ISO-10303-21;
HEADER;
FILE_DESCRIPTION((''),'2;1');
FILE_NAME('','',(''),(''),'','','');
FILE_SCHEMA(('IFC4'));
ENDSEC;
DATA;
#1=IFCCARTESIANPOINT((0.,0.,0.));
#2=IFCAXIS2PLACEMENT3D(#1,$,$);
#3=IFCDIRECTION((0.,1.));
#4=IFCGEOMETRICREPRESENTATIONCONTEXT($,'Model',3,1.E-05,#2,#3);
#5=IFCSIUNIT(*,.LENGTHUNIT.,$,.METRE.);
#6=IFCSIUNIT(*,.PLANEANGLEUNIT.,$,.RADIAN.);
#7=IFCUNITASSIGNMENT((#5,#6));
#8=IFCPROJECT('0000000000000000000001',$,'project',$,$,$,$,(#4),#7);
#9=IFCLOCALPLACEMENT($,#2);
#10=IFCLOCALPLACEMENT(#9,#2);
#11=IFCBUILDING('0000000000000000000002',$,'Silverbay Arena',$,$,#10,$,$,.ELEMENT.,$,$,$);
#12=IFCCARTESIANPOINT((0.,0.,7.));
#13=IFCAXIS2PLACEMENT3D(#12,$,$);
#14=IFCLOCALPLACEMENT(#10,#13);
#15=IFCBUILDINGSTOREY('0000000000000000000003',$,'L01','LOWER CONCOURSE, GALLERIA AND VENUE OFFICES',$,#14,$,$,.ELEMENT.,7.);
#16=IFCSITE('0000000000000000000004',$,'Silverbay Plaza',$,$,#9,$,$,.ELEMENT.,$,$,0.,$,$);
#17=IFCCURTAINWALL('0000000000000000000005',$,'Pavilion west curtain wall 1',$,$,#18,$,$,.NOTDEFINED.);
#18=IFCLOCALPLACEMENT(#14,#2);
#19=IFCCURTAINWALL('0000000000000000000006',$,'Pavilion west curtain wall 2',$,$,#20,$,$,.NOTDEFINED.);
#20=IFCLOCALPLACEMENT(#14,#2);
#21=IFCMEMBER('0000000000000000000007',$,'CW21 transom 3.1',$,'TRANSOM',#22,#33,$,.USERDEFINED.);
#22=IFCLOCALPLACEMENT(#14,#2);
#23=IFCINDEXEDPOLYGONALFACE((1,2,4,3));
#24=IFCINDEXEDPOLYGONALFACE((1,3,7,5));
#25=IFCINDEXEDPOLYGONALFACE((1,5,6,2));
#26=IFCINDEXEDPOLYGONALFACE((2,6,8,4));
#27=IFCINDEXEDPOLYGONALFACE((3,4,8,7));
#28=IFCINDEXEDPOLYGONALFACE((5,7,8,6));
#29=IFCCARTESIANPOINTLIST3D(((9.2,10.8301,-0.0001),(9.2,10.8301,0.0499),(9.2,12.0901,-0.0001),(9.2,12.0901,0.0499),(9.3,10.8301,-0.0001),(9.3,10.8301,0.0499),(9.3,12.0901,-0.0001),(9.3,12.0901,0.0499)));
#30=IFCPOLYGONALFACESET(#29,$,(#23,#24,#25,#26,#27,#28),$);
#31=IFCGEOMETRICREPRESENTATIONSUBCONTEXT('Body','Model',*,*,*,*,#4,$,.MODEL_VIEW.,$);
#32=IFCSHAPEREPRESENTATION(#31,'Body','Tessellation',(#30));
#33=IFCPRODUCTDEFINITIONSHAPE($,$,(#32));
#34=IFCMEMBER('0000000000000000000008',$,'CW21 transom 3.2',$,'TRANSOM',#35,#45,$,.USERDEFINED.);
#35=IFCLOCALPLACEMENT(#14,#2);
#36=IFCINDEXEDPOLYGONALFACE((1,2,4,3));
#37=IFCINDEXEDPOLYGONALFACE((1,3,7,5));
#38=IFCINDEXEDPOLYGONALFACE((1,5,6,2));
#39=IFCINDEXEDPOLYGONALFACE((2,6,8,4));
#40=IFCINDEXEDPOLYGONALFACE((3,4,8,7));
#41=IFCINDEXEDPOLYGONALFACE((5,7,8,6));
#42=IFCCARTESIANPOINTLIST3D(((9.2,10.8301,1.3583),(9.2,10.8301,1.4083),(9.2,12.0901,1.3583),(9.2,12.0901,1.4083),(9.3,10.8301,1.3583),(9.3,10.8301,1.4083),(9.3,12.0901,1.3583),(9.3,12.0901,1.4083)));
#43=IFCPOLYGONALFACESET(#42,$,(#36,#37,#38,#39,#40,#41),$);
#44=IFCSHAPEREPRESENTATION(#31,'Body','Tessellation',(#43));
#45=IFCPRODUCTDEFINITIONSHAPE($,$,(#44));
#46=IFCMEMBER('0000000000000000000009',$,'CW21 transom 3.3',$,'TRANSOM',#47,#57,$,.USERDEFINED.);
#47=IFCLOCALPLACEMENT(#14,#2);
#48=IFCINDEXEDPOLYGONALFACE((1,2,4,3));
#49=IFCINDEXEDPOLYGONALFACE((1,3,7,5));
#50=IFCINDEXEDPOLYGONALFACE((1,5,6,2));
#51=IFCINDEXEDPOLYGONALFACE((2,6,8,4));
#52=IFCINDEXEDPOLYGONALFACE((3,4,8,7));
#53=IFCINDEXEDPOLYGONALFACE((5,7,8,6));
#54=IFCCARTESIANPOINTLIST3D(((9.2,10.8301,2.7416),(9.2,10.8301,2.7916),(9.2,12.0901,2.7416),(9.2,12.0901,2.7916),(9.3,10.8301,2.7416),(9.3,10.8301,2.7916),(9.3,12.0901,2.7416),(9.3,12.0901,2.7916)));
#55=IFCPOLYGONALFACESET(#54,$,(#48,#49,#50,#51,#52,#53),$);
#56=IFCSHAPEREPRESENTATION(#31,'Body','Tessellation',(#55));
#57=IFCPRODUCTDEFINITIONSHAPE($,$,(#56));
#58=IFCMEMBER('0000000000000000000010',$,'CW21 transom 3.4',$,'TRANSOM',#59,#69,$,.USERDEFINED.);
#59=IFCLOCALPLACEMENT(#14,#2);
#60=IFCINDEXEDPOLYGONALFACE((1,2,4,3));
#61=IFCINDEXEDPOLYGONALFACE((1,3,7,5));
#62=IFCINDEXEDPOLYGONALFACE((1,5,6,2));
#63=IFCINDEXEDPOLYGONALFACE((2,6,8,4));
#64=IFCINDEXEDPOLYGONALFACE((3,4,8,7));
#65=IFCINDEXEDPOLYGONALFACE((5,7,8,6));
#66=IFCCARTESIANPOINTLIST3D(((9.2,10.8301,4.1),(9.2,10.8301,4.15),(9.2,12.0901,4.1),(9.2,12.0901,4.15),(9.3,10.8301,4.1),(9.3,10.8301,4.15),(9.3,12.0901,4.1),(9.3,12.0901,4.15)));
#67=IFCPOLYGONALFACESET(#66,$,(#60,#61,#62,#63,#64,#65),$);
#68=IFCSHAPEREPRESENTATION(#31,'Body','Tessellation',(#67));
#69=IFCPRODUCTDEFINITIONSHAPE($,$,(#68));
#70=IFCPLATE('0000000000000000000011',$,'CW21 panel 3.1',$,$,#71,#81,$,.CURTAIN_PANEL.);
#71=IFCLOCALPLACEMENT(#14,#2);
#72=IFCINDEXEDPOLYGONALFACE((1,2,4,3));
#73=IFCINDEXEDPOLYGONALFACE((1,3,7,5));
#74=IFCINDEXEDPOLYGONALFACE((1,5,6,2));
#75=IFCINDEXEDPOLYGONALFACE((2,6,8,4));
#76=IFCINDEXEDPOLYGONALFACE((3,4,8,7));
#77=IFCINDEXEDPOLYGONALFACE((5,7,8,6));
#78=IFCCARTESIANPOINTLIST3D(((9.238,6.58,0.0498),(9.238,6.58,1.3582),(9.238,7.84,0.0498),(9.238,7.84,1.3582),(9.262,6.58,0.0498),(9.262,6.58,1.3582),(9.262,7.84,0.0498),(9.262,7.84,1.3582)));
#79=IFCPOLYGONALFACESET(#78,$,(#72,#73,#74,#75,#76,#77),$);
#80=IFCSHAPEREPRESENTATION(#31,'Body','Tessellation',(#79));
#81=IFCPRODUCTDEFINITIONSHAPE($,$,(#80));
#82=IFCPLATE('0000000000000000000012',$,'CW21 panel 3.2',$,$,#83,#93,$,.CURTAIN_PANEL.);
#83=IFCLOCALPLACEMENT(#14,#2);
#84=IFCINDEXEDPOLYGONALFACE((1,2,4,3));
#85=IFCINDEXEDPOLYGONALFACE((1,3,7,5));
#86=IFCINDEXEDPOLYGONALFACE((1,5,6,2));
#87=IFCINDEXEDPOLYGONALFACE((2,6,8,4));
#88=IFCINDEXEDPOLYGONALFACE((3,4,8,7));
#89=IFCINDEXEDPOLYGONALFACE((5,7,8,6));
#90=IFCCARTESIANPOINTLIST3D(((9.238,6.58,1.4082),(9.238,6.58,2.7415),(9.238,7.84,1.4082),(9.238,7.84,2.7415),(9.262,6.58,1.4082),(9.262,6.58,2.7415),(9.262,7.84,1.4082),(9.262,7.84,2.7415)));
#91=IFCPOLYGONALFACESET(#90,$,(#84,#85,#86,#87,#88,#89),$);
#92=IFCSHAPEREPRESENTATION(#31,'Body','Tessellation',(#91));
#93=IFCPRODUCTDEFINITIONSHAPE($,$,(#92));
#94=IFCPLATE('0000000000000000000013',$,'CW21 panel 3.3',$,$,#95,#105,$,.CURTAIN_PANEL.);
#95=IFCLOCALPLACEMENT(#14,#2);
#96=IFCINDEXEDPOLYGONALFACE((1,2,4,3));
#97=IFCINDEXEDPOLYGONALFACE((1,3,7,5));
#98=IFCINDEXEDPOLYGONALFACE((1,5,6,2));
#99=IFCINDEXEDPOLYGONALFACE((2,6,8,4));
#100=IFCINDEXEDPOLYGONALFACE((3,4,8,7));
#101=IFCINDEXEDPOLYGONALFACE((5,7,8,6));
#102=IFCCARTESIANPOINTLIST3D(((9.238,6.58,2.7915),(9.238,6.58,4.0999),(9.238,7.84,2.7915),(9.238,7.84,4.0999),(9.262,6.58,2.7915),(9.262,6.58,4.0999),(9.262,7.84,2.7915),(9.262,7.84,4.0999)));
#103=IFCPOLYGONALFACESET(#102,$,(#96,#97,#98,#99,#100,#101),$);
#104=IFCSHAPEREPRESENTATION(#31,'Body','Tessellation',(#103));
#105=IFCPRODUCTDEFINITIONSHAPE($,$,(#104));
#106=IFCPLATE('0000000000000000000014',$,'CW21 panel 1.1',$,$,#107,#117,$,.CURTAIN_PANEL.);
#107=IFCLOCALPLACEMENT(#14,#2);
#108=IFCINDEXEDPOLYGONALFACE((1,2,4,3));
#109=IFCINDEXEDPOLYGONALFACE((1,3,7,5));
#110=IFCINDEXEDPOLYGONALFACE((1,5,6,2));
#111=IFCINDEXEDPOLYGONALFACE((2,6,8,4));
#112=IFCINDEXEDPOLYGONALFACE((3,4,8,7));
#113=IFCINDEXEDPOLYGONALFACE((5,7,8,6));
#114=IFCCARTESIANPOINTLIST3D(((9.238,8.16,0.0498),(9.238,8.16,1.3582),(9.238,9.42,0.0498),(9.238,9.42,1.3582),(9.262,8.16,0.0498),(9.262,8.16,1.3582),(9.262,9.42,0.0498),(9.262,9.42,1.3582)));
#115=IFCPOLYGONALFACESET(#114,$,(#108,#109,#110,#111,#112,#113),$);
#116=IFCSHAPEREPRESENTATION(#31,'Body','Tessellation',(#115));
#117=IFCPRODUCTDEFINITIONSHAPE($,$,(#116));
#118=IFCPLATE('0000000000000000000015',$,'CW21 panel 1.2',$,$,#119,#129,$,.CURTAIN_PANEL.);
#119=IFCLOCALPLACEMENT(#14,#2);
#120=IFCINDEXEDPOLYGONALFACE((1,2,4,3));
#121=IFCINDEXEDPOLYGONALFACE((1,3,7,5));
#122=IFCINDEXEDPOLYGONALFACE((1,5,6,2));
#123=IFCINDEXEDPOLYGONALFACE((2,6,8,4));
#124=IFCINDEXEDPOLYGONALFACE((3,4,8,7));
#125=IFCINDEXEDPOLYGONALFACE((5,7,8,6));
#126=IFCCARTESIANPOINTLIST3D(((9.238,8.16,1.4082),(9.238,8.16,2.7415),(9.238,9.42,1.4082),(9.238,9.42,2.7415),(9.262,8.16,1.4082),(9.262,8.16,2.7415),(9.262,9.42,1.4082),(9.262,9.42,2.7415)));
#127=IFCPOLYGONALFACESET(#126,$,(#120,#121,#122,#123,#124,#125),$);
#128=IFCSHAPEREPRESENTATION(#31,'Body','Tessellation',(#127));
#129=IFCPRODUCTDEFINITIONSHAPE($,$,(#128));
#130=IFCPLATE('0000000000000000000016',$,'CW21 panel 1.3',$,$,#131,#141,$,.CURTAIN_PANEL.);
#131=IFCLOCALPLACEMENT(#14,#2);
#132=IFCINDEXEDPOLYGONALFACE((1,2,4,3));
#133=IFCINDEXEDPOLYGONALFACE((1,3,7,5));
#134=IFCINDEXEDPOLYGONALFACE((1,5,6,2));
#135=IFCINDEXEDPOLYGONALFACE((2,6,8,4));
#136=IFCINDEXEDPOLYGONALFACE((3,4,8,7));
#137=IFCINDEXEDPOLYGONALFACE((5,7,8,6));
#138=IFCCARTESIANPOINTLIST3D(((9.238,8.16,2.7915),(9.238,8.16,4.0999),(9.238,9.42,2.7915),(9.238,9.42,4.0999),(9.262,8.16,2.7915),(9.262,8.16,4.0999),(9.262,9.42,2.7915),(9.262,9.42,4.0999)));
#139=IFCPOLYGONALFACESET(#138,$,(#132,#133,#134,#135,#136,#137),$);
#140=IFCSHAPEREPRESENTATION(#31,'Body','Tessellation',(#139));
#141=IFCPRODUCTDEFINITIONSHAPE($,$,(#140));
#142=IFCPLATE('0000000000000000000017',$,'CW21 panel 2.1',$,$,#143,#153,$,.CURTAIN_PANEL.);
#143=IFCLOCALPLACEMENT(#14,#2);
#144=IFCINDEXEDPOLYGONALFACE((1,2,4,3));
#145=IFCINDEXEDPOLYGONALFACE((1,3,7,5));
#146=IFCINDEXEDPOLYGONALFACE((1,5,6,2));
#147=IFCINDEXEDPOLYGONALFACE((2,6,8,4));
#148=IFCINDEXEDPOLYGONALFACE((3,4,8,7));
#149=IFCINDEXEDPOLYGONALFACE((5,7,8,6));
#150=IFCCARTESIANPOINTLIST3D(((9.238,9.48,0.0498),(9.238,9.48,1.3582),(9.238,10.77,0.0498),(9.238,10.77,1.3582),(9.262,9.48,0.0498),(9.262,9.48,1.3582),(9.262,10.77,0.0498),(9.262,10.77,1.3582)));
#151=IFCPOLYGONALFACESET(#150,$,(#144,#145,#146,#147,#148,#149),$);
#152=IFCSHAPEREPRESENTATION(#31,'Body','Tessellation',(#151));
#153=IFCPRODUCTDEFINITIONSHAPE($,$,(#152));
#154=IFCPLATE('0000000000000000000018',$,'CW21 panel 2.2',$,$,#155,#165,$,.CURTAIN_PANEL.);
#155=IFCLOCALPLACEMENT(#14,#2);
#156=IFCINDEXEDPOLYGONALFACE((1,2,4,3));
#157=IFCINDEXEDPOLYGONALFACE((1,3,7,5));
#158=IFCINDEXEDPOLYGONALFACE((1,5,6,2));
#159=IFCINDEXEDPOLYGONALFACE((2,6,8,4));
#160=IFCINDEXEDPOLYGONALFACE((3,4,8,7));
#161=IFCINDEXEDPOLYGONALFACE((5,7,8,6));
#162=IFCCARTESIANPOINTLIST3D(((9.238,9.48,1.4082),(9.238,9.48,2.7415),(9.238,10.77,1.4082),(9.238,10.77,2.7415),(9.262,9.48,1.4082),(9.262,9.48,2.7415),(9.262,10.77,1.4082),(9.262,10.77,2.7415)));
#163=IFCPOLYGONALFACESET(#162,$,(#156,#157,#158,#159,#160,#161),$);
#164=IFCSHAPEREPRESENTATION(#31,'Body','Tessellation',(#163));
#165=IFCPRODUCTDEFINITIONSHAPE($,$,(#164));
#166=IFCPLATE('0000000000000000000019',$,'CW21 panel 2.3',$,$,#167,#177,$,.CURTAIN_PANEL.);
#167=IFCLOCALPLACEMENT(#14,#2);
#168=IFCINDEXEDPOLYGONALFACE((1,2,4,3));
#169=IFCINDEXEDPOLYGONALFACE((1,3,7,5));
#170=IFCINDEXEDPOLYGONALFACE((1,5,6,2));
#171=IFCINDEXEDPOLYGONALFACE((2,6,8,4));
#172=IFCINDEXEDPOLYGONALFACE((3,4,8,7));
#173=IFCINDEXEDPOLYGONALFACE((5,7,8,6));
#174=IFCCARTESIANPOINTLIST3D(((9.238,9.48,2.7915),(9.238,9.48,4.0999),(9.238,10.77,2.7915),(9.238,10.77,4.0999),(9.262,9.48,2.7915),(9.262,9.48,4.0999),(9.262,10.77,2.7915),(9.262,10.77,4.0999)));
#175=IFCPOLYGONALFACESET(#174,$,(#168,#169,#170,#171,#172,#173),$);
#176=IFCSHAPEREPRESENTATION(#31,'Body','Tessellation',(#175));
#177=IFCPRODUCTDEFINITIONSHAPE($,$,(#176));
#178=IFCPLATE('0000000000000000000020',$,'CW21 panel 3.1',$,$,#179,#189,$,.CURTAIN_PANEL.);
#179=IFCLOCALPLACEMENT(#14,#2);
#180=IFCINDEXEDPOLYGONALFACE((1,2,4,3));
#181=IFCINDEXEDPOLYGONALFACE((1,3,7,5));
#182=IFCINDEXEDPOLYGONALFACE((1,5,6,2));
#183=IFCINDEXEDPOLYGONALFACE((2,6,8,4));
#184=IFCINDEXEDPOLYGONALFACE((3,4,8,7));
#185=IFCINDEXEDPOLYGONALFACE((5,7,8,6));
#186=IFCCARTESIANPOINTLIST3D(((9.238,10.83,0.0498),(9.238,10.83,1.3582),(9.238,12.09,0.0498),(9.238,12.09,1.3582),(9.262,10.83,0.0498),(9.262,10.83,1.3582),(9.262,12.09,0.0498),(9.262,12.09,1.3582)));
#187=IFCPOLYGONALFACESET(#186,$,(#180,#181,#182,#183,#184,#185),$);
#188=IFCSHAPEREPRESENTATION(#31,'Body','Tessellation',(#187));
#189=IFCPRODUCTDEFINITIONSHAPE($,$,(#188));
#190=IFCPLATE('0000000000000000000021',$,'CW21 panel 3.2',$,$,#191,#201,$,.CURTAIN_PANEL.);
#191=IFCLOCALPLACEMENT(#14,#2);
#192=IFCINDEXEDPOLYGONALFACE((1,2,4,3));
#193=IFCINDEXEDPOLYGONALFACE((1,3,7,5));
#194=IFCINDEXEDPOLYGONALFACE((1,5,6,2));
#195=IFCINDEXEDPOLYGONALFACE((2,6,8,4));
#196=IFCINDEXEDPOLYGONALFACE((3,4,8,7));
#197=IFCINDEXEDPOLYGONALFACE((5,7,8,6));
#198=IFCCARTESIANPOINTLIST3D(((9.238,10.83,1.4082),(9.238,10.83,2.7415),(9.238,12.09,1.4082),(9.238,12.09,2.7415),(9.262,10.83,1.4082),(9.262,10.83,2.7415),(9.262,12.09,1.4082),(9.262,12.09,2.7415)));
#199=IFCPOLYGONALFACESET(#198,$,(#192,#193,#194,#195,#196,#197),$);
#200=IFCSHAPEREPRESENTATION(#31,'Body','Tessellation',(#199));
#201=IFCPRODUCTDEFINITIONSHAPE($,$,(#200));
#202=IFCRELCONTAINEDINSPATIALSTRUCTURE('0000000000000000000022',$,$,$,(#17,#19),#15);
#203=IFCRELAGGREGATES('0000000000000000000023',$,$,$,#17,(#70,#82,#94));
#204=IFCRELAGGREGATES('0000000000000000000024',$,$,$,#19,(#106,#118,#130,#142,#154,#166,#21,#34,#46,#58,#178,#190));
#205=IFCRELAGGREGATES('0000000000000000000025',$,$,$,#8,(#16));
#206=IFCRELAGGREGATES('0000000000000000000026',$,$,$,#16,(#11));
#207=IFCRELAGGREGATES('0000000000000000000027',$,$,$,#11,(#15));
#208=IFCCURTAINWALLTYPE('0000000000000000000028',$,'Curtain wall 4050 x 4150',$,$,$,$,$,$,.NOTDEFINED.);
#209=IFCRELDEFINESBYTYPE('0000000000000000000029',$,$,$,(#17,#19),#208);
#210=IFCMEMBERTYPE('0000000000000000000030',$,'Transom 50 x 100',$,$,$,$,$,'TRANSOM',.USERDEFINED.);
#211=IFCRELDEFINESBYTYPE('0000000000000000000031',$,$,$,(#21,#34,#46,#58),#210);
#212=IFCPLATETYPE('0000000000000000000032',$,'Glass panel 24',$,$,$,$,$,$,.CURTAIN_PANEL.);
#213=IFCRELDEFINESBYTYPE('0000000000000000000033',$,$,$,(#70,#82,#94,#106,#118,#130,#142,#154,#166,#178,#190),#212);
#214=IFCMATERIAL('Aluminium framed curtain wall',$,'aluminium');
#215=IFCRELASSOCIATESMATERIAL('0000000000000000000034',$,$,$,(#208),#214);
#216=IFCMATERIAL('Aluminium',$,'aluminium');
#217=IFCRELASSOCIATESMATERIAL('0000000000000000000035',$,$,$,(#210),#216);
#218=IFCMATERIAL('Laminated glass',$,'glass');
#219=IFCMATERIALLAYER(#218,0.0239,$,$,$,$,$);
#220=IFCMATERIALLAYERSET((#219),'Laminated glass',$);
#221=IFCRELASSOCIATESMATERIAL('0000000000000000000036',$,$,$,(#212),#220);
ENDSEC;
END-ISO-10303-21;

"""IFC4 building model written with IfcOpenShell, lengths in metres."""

from ifc_helpers import new_model, si_unit, direction, frame, origin, origin_2d, place, context, subcontext, project, spatial, rectangle, extrude, material, layer, layer_set, material_profile, profile_set, type_object, element, aggregate, save


model = new_model("IFC4")

# Units and contexts
model_context = context("Model", 3, precision=1e-05, world=origin(), true_north=direction((0.0, 1.0)))
body_context = subcontext(model_context, "Body", "Model", "MODEL_VIEW")
ifc_project = project(units=[si_unit("LENGTHUNIT", "METRE"), si_unit("PLANEANGLEUNIT", "RADIAN")], contexts=[model_context])

# Site, building, storey
site_placement = place(None, origin())
site = spatial("IfcSite", under=ifc_project, at=site_placement, Name="Silverbay Plaza", CompositionType="ELEMENT", RefElevation=0.0)
building_placement = place(site_placement, origin())
building = spatial("IfcBuilding", under=site, at=building_placement, Name="Silverbay Arena", CompositionType="ELEMENT")
storey_placement = place(building_placement, frame((0.0, 0.0, 7.0)))
storey = spatial("IfcBuildingStorey", under=building, at=storey_placement, Name="L01", Description="LOWER CONCOURSE, GALLERIA AND VENUE OFFICES", CompositionType="ELEMENT", Elevation=7.0)

# Curtain wall
ifc_material_1 = material(Name="Aluminium framed curtain wall", Category="aluminium")
curtain_wall_type = type_object("IfcCurtainWallType", Name="Curtain wall 4050 x 4150", PredefinedType="NOTDEFINED", material=ifc_material_1)
curtain_wall_1_placement = place(storey_placement, origin())
curtain_wall_1 = element("IfcCurtainWall", 1, at=curtain_wall_1_placement, inside=storey, type_object=curtain_wall_type, Name="Pavilion west curtain wall 1", PredefinedType="NOTDEFINED")

# Curtain wall
curtain_wall_2_placement = place(storey_placement, origin())
curtain_wall_2 = element("IfcCurtainWall", 2, at=curtain_wall_2_placement, inside=storey, type_object=curtain_wall_type, Name="Pavilion west curtain wall 2", PredefinedType="NOTDEFINED")

# Members
ifc_material_2 = material(Name="Aluminium", Category="aluminium")
ifc_material_profile_1 = material_profile(ifc_material_2, rectangle(XDim=0.1001, YDim=0.05, at=origin_2d()), Name="Transom 50 x 100")
ifc_profile_set_1 = profile_set([ifc_material_profile_1], Name="Aluminium")
member_type_1 = type_object("IfcMemberType", Name="Transom 50 x 100", ElementType="TRANSOM", PredefinedType="USERDEFINED", material=ifc_profile_set_1)
member_1_placement = place(storey_placement, frame((9.25, 10.8301, 0.0249), z_axis=(0.0, 1.0, 0.0), x_axis=(-1.0, 0.0, 0.0)))
member_1 = element("IfcMember", 3, at=member_1_placement, type_object=member_type_1, Name="CW21 transom 3.1", ObjectType="TRANSOM", PredefinedType="USERDEFINED", context=body_context, shape_type="SweptSolid", body=[
    extrude(rectangle(XDim=0.1001, YDim=0.05, at=origin_2d()), origin(), (0.0, 0.0, 1.0), 1.26),
])
member_2_placement = place(storey_placement, frame((9.25, 10.8301, 1.3833), z_axis=(0.0, 1.0, 0.0), x_axis=(-1.0, 0.0, 0.0)))
member_2 = element("IfcMember", 4, at=member_2_placement, type_object=member_type_1, Name="CW21 transom 3.2", ObjectType="TRANSOM", PredefinedType="USERDEFINED", context=body_context, shape_type="SweptSolid", body=[
    extrude(rectangle(XDim=0.1001, YDim=0.05, at=origin_2d()), origin(), (0.0, 0.0, 1.0), 1.26),
])
member_3_placement = place(storey_placement, frame((9.25, 10.8301, 2.7666), z_axis=(0.0, 1.0, 0.0), x_axis=(-1.0, 0.0, 0.0)))
member_3 = element("IfcMember", 5, at=member_3_placement, type_object=member_type_1, Name="CW21 transom 3.3", ObjectType="TRANSOM", PredefinedType="USERDEFINED", context=body_context, shape_type="SweptSolid", body=[
    extrude(rectangle(XDim=0.1001, YDim=0.05, at=origin_2d()), origin(), (0.0, 0.0, 1.0), 1.26),
])
member_4_placement = place(storey_placement, frame((9.25, 10.8301, 4.125), z_axis=(0.0, 1.0, 0.0), x_axis=(-1.0, 0.0, 0.0)))
member_4 = element("IfcMember", 6, at=member_4_placement, type_object=member_type_1, Name="CW21 transom 3.4", ObjectType="TRANSOM", PredefinedType="USERDEFINED", context=body_context, shape_type="SweptSolid", body=[
    extrude(rectangle(XDim=0.1001, YDim=0.05, at=origin_2d()), origin(), (0.0, 0.0, 1.0), 1.26),
])

# Plates
ifc_material_3 = material(Name="Laminated glass", Category="glass")
ifc_layer = layer(ifc_material_3, 0.0239)
ifc_layer_set = layer_set([ifc_layer], Name="Laminated glass")
plate_type = type_object("IfcPlateType", Name="Glass panel 24", PredefinedType="CURTAIN_PANEL", material=ifc_layer_set)
plate_1_placement = place(storey_placement, frame((9.25, 7.21, 0.0498), z_axis=(0.0, 0.0, 1.0), x_axis=(0.0, 1.0, 0.0)))
plate_1 = element("IfcPlate", 7, at=plate_1_placement, type_object=plate_type, Name="CW21 panel 3.1", PredefinedType="CURTAIN_PANEL", context=body_context, shape_type="SweptSolid", body=[
    extrude(rectangle(XDim=1.26, YDim=0.0239, at=origin_2d()), origin(), (0.0, 0.0, 1.0), 1.3083),
])
plate_2_placement = place(storey_placement, frame((9.25, 7.21, 1.4082), z_axis=(0.0, 0.0, 1.0), x_axis=(0.0, 1.0, 0.0)))
plate_2 = element("IfcPlate", 8, at=plate_2_placement, type_object=plate_type, Name="CW21 panel 3.2", PredefinedType="CURTAIN_PANEL", context=body_context, shape_type="SweptSolid", body=[
    extrude(rectangle(XDim=1.26, YDim=0.0239, at=origin_2d()), origin(), (0.0, 0.0, 1.0), 1.3333),
])
plate_3_placement = place(storey_placement, frame((9.25, 7.21, 2.7915), z_axis=(0.0, 0.0, 1.0), x_axis=(0.0, 1.0, 0.0)))
plate_3 = element("IfcPlate", 9, at=plate_3_placement, type_object=plate_type, Name="CW21 panel 3.3", PredefinedType="CURTAIN_PANEL", context=body_context, shape_type="SweptSolid", body=[
    extrude(rectangle(XDim=1.26, YDim=0.0239, at=origin_2d()), origin(), (0.0, 0.0, 1.0), 1.3083),
])
aggregate(curtain_wall_1, [plate_1, plate_2, plate_3])
plate_4_placement = place(storey_placement, frame((9.25, 8.79, 0.0498), z_axis=(0.0, 0.0, 1.0), x_axis=(0.0, 1.0, 0.0)))
plate_4 = element("IfcPlate", 10, at=plate_4_placement, type_object=plate_type, Name="CW21 panel 1.1", PredefinedType="CURTAIN_PANEL", context=body_context, shape_type="SweptSolid", body=[
    extrude(rectangle(XDim=1.26, YDim=0.0239, at=origin_2d()), origin(), (0.0, 0.0, 1.0), 1.3083),
])
plate_5_placement = place(storey_placement, frame((9.25, 8.79, 1.4082), z_axis=(0.0, 0.0, 1.0), x_axis=(0.0, 1.0, 0.0)))
plate_5 = element("IfcPlate", 11, at=plate_5_placement, type_object=plate_type, Name="CW21 panel 1.2", PredefinedType="CURTAIN_PANEL", context=body_context, shape_type="SweptSolid", body=[
    extrude(rectangle(XDim=1.26, YDim=0.0239, at=origin_2d()), origin(), (0.0, 0.0, 1.0), 1.3333),
])
plate_6_placement = place(storey_placement, frame((9.25, 8.79, 2.7915), z_axis=(0.0, 0.0, 1.0), x_axis=(0.0, 1.0, 0.0)))
plate_6 = element("IfcPlate", 12, at=plate_6_placement, type_object=plate_type, Name="CW21 panel 1.3", PredefinedType="CURTAIN_PANEL", context=body_context, shape_type="SweptSolid", body=[
    extrude(rectangle(XDim=1.26, YDim=0.0239, at=origin_2d()), origin(), (0.0, 0.0, 1.0), 1.3083),
])
plate_7_placement = place(storey_placement, frame((9.25, 10.125, 0.0498), z_axis=(0.0, 0.0, 1.0), x_axis=(0.0, 1.0, 0.0)))
plate_7 = element("IfcPlate", 13, at=plate_7_placement, type_object=plate_type, Name="CW21 panel 2.1", PredefinedType="CURTAIN_PANEL", context=body_context, shape_type="SweptSolid", body=[
    extrude(rectangle(XDim=1.29, YDim=0.0239, at=origin_2d()), origin(), (0.0, 0.0, 1.0), 1.3083),
])
plate_8_placement = place(storey_placement, frame((9.25, 10.125, 1.4082), z_axis=(0.0, 0.0, 1.0), x_axis=(0.0, 1.0, 0.0)))
plate_8 = element("IfcPlate", 14, at=plate_8_placement, type_object=plate_type, Name="CW21 panel 2.2", PredefinedType="CURTAIN_PANEL", context=body_context, shape_type="SweptSolid", body=[
    extrude(rectangle(XDim=1.29, YDim=0.0239, at=origin_2d()), origin(), (0.0, 0.0, 1.0), 1.3333),
])
plate_9_placement = place(storey_placement, frame((9.25, 10.125, 2.7915), z_axis=(0.0, 0.0, 1.0), x_axis=(0.0, 1.0, 0.0)))
plate_9 = element("IfcPlate", 15, at=plate_9_placement, type_object=plate_type, Name="CW21 panel 2.3", PredefinedType="CURTAIN_PANEL", context=body_context, shape_type="SweptSolid", body=[
    extrude(rectangle(XDim=1.29, YDim=0.0239, at=origin_2d()), origin(), (0.0, 0.0, 1.0), 1.3083),
])
plate_10_placement = place(storey_placement, frame((9.25, 11.46, 0.0498), z_axis=(0.0, 0.0, 1.0), x_axis=(0.0, 1.0, 0.0)))
plate_10 = element("IfcPlate", 16, at=plate_10_placement, type_object=plate_type, Name="CW21 panel 3.1", PredefinedType="CURTAIN_PANEL", context=body_context, shape_type="SweptSolid", body=[
    extrude(rectangle(XDim=1.26, YDim=0.0239, at=origin_2d()), origin(), (0.0, 0.0, 1.0), 1.3083),
])
plate_11_placement = place(storey_placement, frame((9.25, 11.46, 1.4082), z_axis=(0.0, 0.0, 1.0), x_axis=(0.0, 1.0, 0.0)))
plate_11 = element("IfcPlate", 17, at=plate_11_placement, type_object=plate_type, Name="CW21 panel 3.2", PredefinedType="CURTAIN_PANEL", context=body_context, shape_type="SweptSolid", body=[
    extrude(rectangle(XDim=1.26, YDim=0.0239, at=origin_2d()), origin(), (0.0, 0.0, 1.0), 1.3333),
])
aggregate(curtain_wall_2, [plate_4, plate_5, plate_6, plate_7, plate_8, plate_9, member_1, member_2, member_3, member_4, plate_10, plate_11])

save(model, "model.ifc")
